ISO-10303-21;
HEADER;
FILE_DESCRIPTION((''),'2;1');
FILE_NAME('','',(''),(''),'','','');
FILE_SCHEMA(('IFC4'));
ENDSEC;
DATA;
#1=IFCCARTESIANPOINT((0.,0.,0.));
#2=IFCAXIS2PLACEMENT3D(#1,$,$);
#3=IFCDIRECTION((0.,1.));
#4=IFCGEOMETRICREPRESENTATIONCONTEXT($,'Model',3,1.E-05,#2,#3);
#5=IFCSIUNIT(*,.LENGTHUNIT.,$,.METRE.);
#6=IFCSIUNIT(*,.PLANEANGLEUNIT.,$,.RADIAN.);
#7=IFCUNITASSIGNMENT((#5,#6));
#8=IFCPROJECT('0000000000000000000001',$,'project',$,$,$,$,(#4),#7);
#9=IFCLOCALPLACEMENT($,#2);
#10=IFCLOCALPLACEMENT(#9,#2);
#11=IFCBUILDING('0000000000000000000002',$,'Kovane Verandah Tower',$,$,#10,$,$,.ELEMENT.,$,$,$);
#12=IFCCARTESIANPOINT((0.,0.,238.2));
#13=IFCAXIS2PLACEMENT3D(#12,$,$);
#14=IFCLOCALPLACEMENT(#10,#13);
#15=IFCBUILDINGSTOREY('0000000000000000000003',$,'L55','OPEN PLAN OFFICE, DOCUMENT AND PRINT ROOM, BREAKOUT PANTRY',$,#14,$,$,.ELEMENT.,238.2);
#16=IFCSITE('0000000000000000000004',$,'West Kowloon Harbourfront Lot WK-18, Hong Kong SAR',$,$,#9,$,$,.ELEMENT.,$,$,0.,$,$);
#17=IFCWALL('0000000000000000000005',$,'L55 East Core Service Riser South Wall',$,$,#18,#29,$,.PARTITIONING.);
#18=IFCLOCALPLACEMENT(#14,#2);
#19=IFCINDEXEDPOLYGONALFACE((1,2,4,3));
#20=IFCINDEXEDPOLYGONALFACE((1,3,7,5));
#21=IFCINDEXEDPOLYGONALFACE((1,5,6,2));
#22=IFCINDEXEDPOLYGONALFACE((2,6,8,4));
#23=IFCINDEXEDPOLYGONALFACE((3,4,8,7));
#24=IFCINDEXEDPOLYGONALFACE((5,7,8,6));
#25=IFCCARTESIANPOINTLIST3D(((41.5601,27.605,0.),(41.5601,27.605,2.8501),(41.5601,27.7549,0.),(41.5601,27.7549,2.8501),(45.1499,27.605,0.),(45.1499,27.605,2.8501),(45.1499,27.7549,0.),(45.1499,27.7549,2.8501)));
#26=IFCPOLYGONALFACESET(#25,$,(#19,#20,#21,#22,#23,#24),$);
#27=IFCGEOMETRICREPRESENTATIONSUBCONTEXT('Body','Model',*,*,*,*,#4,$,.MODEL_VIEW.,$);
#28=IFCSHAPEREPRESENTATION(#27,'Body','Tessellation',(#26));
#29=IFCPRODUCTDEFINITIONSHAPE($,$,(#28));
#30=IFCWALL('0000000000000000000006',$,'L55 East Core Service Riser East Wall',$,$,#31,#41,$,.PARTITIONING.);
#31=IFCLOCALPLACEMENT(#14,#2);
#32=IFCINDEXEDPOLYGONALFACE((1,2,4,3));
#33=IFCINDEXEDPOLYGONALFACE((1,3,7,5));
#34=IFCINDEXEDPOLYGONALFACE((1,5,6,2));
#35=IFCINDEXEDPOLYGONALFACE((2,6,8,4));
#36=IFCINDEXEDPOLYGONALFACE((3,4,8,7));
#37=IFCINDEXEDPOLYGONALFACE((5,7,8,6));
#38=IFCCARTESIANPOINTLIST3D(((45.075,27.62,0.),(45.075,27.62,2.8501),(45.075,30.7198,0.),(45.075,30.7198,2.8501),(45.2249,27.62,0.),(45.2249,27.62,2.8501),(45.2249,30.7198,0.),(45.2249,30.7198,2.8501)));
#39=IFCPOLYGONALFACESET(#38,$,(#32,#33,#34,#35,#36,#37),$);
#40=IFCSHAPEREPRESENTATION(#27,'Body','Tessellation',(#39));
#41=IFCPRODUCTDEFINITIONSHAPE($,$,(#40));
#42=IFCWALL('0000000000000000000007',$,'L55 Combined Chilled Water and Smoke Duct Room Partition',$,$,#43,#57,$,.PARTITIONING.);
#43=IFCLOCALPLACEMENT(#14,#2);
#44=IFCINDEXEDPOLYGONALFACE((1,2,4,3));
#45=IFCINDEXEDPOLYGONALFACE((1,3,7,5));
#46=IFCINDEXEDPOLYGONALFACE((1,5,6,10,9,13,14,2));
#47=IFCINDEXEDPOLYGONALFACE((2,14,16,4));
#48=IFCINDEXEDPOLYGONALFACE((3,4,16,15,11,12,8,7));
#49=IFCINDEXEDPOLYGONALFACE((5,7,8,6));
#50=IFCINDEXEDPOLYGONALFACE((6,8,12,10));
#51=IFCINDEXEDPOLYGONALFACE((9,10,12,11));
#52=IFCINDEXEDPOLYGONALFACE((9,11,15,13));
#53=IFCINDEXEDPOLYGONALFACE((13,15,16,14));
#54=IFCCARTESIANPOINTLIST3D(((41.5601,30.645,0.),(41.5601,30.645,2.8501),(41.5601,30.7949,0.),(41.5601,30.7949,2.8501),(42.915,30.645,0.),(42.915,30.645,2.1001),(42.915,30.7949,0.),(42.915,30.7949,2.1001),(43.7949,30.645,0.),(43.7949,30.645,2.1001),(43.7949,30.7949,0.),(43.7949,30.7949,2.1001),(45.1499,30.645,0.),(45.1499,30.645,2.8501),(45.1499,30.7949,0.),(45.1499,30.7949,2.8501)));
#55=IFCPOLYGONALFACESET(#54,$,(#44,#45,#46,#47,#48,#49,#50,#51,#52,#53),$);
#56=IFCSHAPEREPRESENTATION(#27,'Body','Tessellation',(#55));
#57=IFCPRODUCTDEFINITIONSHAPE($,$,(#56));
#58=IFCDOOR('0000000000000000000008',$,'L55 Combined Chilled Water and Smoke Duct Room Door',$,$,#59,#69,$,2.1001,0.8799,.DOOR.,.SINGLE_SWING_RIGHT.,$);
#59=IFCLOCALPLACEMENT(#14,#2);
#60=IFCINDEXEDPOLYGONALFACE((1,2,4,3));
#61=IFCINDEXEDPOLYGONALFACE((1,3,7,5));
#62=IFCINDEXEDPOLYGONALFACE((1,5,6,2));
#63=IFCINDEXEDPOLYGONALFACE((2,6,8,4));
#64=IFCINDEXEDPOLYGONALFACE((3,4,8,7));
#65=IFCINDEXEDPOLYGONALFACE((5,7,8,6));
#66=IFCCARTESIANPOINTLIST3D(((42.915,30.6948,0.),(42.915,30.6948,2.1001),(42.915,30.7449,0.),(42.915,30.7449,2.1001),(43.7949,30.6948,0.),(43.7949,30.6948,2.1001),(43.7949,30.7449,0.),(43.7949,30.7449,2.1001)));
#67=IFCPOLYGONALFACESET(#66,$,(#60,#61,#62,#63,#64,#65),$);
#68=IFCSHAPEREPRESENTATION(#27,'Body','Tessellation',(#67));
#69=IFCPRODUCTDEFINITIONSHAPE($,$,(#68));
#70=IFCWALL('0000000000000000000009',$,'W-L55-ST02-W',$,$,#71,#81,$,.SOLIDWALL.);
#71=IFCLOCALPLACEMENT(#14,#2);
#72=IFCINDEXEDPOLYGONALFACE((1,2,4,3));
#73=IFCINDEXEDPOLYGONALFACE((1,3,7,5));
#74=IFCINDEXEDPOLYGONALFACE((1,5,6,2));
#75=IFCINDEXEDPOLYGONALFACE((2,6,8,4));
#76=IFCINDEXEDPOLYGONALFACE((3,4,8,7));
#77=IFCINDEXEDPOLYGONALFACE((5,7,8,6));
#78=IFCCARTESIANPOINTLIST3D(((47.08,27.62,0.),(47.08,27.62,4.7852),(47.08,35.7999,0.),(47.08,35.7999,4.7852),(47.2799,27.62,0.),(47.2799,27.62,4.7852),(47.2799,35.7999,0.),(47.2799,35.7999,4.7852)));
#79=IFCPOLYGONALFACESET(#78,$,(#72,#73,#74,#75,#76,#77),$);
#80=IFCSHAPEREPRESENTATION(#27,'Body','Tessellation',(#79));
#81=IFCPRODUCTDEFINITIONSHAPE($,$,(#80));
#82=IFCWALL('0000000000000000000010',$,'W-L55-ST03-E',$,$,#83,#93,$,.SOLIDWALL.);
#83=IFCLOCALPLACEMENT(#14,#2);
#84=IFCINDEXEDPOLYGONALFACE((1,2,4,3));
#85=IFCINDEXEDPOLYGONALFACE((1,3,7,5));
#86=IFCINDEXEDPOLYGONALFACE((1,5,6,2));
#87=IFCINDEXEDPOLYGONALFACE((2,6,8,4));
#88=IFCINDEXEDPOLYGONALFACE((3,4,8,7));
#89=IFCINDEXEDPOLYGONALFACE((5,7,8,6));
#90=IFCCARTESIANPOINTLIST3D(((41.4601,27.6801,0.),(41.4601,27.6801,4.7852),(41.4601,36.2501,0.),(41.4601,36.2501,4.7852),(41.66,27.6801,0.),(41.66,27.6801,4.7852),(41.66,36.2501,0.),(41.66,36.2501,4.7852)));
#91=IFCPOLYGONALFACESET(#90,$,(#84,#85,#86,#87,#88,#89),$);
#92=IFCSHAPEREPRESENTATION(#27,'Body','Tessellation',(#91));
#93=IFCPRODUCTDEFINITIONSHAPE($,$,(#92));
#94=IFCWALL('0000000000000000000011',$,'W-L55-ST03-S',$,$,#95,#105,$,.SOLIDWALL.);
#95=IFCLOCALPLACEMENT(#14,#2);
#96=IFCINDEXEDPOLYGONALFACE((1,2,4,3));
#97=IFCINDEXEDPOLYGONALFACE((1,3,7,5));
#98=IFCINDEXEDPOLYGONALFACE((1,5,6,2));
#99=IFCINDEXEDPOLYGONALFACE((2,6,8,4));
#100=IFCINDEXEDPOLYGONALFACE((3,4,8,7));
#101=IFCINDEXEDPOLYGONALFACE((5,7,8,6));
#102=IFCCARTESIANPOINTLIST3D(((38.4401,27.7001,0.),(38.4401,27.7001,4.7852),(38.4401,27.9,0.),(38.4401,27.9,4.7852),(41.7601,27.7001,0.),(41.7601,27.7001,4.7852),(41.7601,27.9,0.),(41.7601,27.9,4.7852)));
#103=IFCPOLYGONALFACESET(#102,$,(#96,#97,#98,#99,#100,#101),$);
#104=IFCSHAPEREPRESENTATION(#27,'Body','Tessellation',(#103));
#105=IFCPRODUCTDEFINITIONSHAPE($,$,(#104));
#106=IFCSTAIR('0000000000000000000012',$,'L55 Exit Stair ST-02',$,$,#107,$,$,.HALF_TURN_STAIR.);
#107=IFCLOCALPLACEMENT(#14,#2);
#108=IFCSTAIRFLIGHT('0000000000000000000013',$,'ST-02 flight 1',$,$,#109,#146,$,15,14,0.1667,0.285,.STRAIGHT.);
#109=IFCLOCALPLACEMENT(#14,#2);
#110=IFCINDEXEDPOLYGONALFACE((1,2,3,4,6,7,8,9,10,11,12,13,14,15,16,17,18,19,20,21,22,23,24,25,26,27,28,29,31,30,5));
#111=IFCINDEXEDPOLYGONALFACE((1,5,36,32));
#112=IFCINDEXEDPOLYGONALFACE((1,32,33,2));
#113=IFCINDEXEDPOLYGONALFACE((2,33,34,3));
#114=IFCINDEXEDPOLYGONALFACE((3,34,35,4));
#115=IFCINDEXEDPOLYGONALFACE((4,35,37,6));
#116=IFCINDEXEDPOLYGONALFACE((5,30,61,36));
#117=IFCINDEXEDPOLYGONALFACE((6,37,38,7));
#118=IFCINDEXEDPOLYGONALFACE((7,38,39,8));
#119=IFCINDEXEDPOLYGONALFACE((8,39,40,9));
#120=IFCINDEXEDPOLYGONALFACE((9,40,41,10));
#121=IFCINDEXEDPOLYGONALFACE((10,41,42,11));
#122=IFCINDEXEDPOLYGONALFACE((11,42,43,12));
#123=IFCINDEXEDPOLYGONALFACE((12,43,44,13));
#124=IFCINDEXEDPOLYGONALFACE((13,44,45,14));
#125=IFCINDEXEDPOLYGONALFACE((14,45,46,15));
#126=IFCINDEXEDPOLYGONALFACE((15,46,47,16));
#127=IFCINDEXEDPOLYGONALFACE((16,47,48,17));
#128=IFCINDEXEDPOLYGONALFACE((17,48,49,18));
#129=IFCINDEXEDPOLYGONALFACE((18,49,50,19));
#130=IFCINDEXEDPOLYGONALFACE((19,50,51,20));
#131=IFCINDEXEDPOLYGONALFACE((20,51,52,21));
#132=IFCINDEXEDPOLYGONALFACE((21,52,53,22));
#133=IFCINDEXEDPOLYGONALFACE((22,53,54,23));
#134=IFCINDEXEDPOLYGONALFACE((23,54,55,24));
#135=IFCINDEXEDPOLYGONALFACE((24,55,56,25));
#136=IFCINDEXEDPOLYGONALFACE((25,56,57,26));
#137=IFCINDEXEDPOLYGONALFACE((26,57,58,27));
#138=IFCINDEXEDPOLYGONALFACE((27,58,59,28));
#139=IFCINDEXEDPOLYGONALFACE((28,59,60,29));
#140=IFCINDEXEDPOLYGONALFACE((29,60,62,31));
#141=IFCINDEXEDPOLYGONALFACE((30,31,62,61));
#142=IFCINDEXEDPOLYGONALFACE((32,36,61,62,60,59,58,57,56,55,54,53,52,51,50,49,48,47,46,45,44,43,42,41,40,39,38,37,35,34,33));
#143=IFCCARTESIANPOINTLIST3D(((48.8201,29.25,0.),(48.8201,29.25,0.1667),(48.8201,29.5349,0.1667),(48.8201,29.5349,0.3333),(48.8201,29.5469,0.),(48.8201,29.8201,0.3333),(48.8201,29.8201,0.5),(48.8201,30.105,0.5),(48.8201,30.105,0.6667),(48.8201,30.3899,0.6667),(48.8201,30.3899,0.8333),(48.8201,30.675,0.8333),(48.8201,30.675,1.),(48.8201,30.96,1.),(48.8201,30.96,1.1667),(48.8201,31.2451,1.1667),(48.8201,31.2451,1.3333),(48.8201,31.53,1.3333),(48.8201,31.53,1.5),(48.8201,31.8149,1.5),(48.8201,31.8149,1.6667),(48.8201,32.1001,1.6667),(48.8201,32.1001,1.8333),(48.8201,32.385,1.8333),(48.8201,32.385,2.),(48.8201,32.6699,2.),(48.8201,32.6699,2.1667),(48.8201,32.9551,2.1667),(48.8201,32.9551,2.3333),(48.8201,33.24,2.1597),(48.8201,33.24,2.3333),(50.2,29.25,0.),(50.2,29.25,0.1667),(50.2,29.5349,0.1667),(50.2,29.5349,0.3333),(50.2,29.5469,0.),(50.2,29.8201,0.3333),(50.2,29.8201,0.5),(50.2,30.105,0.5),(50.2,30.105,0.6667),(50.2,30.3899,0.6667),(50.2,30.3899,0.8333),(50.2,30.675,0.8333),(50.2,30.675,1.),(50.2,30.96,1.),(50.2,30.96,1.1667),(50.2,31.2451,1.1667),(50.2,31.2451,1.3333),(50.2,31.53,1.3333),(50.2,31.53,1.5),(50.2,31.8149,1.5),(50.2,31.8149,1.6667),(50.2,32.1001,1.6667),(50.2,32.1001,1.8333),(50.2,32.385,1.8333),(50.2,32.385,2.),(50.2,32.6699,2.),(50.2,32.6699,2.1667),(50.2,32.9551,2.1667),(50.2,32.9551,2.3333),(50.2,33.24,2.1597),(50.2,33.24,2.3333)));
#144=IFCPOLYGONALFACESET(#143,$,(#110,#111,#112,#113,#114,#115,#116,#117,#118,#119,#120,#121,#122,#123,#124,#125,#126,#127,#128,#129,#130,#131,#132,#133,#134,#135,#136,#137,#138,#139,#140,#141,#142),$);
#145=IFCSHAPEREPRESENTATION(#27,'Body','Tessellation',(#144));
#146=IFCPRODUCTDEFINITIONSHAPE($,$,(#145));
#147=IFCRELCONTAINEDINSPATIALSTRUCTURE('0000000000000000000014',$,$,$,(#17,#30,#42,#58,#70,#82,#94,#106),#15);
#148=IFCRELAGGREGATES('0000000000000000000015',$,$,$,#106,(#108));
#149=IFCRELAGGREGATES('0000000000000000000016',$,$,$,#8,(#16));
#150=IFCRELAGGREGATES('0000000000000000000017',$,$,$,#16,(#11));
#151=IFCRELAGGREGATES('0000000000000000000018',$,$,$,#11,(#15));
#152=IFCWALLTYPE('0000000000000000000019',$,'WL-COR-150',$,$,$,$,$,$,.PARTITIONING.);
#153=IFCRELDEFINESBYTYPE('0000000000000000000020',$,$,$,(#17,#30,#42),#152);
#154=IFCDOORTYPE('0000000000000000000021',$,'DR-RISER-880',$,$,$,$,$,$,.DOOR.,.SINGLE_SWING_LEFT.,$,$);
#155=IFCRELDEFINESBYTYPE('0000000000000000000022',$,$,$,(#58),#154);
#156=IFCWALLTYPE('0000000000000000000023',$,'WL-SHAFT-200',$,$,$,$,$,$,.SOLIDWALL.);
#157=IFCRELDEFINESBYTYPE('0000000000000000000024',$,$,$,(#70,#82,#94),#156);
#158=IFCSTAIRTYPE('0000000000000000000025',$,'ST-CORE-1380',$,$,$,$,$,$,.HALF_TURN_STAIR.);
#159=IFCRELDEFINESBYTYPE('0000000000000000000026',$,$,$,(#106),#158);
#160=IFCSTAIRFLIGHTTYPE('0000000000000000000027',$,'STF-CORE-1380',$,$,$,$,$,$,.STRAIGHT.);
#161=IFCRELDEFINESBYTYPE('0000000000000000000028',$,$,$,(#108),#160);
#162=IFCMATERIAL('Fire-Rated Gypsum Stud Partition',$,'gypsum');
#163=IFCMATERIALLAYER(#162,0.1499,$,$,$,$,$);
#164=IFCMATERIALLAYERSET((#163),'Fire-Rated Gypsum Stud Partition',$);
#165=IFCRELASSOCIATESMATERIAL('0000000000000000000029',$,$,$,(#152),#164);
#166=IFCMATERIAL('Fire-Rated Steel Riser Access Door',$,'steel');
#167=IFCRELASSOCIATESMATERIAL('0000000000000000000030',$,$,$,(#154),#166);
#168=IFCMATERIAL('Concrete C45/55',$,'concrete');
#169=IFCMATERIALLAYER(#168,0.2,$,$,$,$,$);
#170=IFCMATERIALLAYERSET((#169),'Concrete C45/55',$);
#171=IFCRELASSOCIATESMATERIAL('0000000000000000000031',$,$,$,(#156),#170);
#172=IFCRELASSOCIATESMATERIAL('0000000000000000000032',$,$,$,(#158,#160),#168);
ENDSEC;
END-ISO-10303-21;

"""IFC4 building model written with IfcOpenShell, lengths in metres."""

from ifc_helpers import new_model, si_unit, direction, frame, frame_2d, origin, place, context, subcontext, project, spatial, polyline, rectangle, outline, extrude, material, layer, layer_set, type_object, element, fill, aggregate, save


model = new_model("IFC4")

# Units and contexts
model_context = context("Model", 3, precision=1e-05, world=origin(), true_north=direction((0.0, 1.0)))
body_context = subcontext(model_context, "Body", "Model", "MODEL_VIEW")
ifc_project = project(units=[si_unit("LENGTHUNIT", "METRE"), si_unit("PLANEANGLEUNIT", "RADIAN")], contexts=[model_context])

# Site, building, storey
site_placement = place(None, origin())
site = spatial("IfcSite", under=ifc_project, at=site_placement, Name="West Kowloon Harbourfront Lot WK-18, Hong Kong SAR", CompositionType="ELEMENT", RefElevation=0.0)
building_placement = place(site_placement, origin())
building = spatial("IfcBuilding", under=site, at=building_placement, Name="Kovane Verandah Tower", CompositionType="ELEMENT")
storey_placement = place(building_placement, frame((0.0, 0.0, 238.2)))
storey = spatial("IfcBuildingStorey", under=building, at=storey_placement, Name="L55", Description="OPEN PLAN OFFICE, DOCUMENT AND PRINT ROOM, BREAKOUT PANTRY", CompositionType="ELEMENT", Elevation=238.2)

# Walls
ifc_material_1 = material(Name="Fire-Rated Gypsum Stud Partition", Category="gypsum")
ifc_layer_1 = layer(ifc_material_1, 0.1499)
ifc_layer_set_1 = layer_set([ifc_layer_1], Name="Fire-Rated Gypsum Stud Partition")
wall_type_1 = type_object("IfcWallType", Name="WL-COR-150", PredefinedType="PARTITIONING", material=ifc_layer_set_1)
wall_1_placement = place(storey_placement, frame((41.5601, 27.6799, 0.0), z_axis=(0.0, 0.0, 1.0), x_axis=(1.0, 0.0, 0.0)))
element("IfcWall", 1, at=wall_1_placement, inside=storey, type_object=wall_type_1, Name="L55 East Core Service Riser South Wall", PredefinedType="PARTITIONING", context=body_context, shape_type="SweptSolid", body=[
    extrude(rectangle(XDim=3.5898, YDim=0.1499, at=frame_2d((1.7949, 0.0))), origin(), (0.0, 0.0, 1.0), 2.8501),
])
wall_2_placement = place(storey_placement, frame((45.1499, 27.6201, 0.0), z_axis=(0.0, 0.0, 1.0), x_axis=(0.0, 1.0, 0.0)))
element("IfcWall", 2, at=wall_2_placement, inside=storey, type_object=wall_type_1, Name="L55 East Core Service Riser East Wall", PredefinedType="PARTITIONING", context=body_context, shape_type="SweptSolid", body=[
    extrude(rectangle(XDim=3.0999, YDim=0.1499, at=frame_2d((1.5498, 0.0))), origin(), (0.0, 0.0, 1.0), 2.8501),
])

# Wall, opening, door
wall_3_placement = place(storey_placement, frame((41.5601, 30.72, 0.0), z_axis=(0.0, 0.0, 1.0), x_axis=(1.0, 0.0, 0.0)))
wall_3 = element("IfcWall", 3, at=wall_3_placement, inside=storey, type_object=wall_type_1, Name="L55 Combined Chilled Water and Smoke Duct Room Partition", PredefinedType="PARTITIONING", context=body_context, shape_type="SweptSolid", body=[
    extrude(rectangle(XDim=3.5898, YDim=0.1499, at=frame_2d((1.7949, 0.0))), origin(), (0.0, 0.0, 1.0), 2.8501),
])
opening_1_placement = place(wall_3_placement, frame((1.355, 0.0, 0.0)))
opening_1 = element("IfcOpeningElement", 4, at=opening_1_placement, cuts=wall_3, PredefinedType="OPENING", context=body_context, shape_type="SweptSolid", body=[
    extrude(rectangle(XDim=0.8799, YDim=2.1001, at=frame_2d((0.4399, 1.05))), frame((0.0, 0.075, 0.0), z_axis=(0.0, -1.0, 0.0), x_axis=(1.0, 0.0, 0.0)), (0.0, 0.0, 1.0), 0.1499),
])
ifc_material_2 = material(Name="Fire-Rated Steel Riser Access Door", Category="steel")
door_type_1 = type_object("IfcDoorType", Name="DR-RISER-880", OperationType="SINGLE_SWING_LEFT", PredefinedType="DOOR", material=ifc_material_2)
door_1_placement = place(opening_1_placement, origin())
door_1 = element("IfcDoor", 5, at=door_1_placement, inside=storey, type_object=door_type_1, Name="L55 Combined Chilled Water and Smoke Duct Room Door", OperationType="SINGLE_SWING_RIGHT", OverallHeight=2.1001, OverallWidth=0.8799, PredefinedType="DOOR", context=body_context, shape_type="SweptSolid", body=[
    extrude(rectangle(XDim=0.8799, YDim=2.1001, at=frame_2d((0.4399, 1.05))), frame((0.0, 0.0249, 0.0), z_axis=(0.0, -1.0, 0.0), x_axis=(1.0, 0.0, 0.0)), (0.0, 0.0, 1.0), 0.05),
])
fill(opening_1, door_1)

# Wall
ifc_material_3 = material(Name="Concrete C45/55", Category="concrete")
ifc_layer_2 = layer(ifc_material_3, 0.2)
ifc_layer_set_2 = layer_set([ifc_layer_2], Name="Concrete C45/55")
wall_type_2 = type_object("IfcWallType", Name="WL-SHAFT-200", PredefinedType="SOLIDWALL", material=ifc_layer_set_2)
wall_4_placement = place(storey_placement, frame((47.1799, 27.6201, 0.0), z_axis=(0.0, 0.0, 1.0), x_axis=(0.0, 1.0, 0.0)))
element("IfcWall", 6, at=wall_4_placement, inside=storey, type_object=wall_type_2, Name="W-L55-ST02-W", PredefinedType="SOLIDWALL", context=body_context, shape_type="SweptSolid", body=[
    extrude(rectangle(XDim=8.1799, YDim=0.2, at=frame_2d((4.0898, 0.0))), origin(), (0.0, 0.0, 1.0), 4.7852),
])

# Walls
wall_5_placement = place(storey_placement, frame((41.5601, 27.6799, 0.0), z_axis=(0.0, 0.0, 1.0), x_axis=(0.0, 1.0, 0.0)))
element("IfcWall", 7, at=wall_5_placement, inside=storey, type_object=wall_type_2, Name="W-L55-ST03-E", PredefinedType="SOLIDWALL", context=body_context, shape_type="SweptSolid", body=[
    extrude(rectangle(XDim=8.5701, YDim=0.2, at=frame_2d((4.2852, 0.0))), origin(), (0.0, 0.0, 1.0), 4.7852),
])
wall_6_placement = place(storey_placement, frame((38.4399, 27.8, 0.0), z_axis=(0.0, 0.0, 1.0), x_axis=(1.0, 0.0, 0.0)))
element("IfcWall", 8, at=wall_6_placement, inside=storey, type_object=wall_type_2, Name="W-L55-ST03-S", PredefinedType="SOLIDWALL", context=body_context, shape_type="SweptSolid", body=[
    extrude(rectangle(XDim=3.3201, YDim=0.2, at=frame_2d((1.6602, 0.0))), origin(), (0.0, 0.0, 1.0), 4.7852),
])

# Stair, stair flight
stair_type = type_object("IfcStairType", Name="ST-CORE-1380", PredefinedType="HALF_TURN_STAIR", material=ifc_material_3)
stair_1_placement = place(storey_placement, origin())
stair_1 = element("IfcStair", 9, at=stair_1_placement, inside=storey, type_object=stair_type, Name="L55 Exit Stair ST-02", PredefinedType="HALF_TURN_STAIR")
stair_flight_type = type_object("IfcStairFlightType", Name="STF-CORE-1380", PredefinedType="STRAIGHT", material=ifc_material_3)
stair_flight_1_placement = place(storey_placement, frame((49.51, 29.25, 0.0), z_axis=(0.0, 0.0, 1.0), x_axis=(0.0, 1.0, 0.0)))
stair_flight_1 = element("IfcStairFlight", 10, at=stair_flight_1_placement, type_object=stair_flight_type, Name="ST-02 flight 1", NumberOfRisers=15, NumberOfTreads=14, PredefinedType="STRAIGHT", RiserHeight=0.1667, TreadLength=0.285, context=body_context, shape_type="SweptSolid", body=[
    extrude(outline(polyline([(0.0, 0.0), (0.0, 0.1667), (0.2849, 0.1667), (0.2849, 0.3333), (0.5701, 0.3333), (0.5701, 0.5), (0.855, 0.5), (0.855, 0.6667), (1.1399, 0.6667), (1.1399, 0.8333), (1.425, 0.8333), (1.425, 1.0), (1.71, 1.0), (1.71, 1.1667), (1.9951, 1.1667), (1.9951, 1.3333), (2.28, 1.3333), (2.28, 1.5), (2.5649, 1.5), (2.5649, 1.6667), (2.8501, 1.6667), (2.8501, 1.8333), (3.135, 1.8333), (3.135, 2.0), (3.4199, 2.0), (3.4199, 2.1667), (3.7051, 2.1667), (3.7051, 2.3333), (3.99, 2.3333), (3.99, 2.5), (3.99, 2.1597), (0.2969, 0.0), (0.0, 0.0)])), frame((0.0, 0.6899, 0.0), z_axis=(0.0, -1.0, 0.0), x_axis=(1.0, 0.0, 0.0)), (0.0, 0.0, 1.0), 1.3799),
])
aggregate(stair_1, [stair_flight_1])

save(model, "model.ifc")
